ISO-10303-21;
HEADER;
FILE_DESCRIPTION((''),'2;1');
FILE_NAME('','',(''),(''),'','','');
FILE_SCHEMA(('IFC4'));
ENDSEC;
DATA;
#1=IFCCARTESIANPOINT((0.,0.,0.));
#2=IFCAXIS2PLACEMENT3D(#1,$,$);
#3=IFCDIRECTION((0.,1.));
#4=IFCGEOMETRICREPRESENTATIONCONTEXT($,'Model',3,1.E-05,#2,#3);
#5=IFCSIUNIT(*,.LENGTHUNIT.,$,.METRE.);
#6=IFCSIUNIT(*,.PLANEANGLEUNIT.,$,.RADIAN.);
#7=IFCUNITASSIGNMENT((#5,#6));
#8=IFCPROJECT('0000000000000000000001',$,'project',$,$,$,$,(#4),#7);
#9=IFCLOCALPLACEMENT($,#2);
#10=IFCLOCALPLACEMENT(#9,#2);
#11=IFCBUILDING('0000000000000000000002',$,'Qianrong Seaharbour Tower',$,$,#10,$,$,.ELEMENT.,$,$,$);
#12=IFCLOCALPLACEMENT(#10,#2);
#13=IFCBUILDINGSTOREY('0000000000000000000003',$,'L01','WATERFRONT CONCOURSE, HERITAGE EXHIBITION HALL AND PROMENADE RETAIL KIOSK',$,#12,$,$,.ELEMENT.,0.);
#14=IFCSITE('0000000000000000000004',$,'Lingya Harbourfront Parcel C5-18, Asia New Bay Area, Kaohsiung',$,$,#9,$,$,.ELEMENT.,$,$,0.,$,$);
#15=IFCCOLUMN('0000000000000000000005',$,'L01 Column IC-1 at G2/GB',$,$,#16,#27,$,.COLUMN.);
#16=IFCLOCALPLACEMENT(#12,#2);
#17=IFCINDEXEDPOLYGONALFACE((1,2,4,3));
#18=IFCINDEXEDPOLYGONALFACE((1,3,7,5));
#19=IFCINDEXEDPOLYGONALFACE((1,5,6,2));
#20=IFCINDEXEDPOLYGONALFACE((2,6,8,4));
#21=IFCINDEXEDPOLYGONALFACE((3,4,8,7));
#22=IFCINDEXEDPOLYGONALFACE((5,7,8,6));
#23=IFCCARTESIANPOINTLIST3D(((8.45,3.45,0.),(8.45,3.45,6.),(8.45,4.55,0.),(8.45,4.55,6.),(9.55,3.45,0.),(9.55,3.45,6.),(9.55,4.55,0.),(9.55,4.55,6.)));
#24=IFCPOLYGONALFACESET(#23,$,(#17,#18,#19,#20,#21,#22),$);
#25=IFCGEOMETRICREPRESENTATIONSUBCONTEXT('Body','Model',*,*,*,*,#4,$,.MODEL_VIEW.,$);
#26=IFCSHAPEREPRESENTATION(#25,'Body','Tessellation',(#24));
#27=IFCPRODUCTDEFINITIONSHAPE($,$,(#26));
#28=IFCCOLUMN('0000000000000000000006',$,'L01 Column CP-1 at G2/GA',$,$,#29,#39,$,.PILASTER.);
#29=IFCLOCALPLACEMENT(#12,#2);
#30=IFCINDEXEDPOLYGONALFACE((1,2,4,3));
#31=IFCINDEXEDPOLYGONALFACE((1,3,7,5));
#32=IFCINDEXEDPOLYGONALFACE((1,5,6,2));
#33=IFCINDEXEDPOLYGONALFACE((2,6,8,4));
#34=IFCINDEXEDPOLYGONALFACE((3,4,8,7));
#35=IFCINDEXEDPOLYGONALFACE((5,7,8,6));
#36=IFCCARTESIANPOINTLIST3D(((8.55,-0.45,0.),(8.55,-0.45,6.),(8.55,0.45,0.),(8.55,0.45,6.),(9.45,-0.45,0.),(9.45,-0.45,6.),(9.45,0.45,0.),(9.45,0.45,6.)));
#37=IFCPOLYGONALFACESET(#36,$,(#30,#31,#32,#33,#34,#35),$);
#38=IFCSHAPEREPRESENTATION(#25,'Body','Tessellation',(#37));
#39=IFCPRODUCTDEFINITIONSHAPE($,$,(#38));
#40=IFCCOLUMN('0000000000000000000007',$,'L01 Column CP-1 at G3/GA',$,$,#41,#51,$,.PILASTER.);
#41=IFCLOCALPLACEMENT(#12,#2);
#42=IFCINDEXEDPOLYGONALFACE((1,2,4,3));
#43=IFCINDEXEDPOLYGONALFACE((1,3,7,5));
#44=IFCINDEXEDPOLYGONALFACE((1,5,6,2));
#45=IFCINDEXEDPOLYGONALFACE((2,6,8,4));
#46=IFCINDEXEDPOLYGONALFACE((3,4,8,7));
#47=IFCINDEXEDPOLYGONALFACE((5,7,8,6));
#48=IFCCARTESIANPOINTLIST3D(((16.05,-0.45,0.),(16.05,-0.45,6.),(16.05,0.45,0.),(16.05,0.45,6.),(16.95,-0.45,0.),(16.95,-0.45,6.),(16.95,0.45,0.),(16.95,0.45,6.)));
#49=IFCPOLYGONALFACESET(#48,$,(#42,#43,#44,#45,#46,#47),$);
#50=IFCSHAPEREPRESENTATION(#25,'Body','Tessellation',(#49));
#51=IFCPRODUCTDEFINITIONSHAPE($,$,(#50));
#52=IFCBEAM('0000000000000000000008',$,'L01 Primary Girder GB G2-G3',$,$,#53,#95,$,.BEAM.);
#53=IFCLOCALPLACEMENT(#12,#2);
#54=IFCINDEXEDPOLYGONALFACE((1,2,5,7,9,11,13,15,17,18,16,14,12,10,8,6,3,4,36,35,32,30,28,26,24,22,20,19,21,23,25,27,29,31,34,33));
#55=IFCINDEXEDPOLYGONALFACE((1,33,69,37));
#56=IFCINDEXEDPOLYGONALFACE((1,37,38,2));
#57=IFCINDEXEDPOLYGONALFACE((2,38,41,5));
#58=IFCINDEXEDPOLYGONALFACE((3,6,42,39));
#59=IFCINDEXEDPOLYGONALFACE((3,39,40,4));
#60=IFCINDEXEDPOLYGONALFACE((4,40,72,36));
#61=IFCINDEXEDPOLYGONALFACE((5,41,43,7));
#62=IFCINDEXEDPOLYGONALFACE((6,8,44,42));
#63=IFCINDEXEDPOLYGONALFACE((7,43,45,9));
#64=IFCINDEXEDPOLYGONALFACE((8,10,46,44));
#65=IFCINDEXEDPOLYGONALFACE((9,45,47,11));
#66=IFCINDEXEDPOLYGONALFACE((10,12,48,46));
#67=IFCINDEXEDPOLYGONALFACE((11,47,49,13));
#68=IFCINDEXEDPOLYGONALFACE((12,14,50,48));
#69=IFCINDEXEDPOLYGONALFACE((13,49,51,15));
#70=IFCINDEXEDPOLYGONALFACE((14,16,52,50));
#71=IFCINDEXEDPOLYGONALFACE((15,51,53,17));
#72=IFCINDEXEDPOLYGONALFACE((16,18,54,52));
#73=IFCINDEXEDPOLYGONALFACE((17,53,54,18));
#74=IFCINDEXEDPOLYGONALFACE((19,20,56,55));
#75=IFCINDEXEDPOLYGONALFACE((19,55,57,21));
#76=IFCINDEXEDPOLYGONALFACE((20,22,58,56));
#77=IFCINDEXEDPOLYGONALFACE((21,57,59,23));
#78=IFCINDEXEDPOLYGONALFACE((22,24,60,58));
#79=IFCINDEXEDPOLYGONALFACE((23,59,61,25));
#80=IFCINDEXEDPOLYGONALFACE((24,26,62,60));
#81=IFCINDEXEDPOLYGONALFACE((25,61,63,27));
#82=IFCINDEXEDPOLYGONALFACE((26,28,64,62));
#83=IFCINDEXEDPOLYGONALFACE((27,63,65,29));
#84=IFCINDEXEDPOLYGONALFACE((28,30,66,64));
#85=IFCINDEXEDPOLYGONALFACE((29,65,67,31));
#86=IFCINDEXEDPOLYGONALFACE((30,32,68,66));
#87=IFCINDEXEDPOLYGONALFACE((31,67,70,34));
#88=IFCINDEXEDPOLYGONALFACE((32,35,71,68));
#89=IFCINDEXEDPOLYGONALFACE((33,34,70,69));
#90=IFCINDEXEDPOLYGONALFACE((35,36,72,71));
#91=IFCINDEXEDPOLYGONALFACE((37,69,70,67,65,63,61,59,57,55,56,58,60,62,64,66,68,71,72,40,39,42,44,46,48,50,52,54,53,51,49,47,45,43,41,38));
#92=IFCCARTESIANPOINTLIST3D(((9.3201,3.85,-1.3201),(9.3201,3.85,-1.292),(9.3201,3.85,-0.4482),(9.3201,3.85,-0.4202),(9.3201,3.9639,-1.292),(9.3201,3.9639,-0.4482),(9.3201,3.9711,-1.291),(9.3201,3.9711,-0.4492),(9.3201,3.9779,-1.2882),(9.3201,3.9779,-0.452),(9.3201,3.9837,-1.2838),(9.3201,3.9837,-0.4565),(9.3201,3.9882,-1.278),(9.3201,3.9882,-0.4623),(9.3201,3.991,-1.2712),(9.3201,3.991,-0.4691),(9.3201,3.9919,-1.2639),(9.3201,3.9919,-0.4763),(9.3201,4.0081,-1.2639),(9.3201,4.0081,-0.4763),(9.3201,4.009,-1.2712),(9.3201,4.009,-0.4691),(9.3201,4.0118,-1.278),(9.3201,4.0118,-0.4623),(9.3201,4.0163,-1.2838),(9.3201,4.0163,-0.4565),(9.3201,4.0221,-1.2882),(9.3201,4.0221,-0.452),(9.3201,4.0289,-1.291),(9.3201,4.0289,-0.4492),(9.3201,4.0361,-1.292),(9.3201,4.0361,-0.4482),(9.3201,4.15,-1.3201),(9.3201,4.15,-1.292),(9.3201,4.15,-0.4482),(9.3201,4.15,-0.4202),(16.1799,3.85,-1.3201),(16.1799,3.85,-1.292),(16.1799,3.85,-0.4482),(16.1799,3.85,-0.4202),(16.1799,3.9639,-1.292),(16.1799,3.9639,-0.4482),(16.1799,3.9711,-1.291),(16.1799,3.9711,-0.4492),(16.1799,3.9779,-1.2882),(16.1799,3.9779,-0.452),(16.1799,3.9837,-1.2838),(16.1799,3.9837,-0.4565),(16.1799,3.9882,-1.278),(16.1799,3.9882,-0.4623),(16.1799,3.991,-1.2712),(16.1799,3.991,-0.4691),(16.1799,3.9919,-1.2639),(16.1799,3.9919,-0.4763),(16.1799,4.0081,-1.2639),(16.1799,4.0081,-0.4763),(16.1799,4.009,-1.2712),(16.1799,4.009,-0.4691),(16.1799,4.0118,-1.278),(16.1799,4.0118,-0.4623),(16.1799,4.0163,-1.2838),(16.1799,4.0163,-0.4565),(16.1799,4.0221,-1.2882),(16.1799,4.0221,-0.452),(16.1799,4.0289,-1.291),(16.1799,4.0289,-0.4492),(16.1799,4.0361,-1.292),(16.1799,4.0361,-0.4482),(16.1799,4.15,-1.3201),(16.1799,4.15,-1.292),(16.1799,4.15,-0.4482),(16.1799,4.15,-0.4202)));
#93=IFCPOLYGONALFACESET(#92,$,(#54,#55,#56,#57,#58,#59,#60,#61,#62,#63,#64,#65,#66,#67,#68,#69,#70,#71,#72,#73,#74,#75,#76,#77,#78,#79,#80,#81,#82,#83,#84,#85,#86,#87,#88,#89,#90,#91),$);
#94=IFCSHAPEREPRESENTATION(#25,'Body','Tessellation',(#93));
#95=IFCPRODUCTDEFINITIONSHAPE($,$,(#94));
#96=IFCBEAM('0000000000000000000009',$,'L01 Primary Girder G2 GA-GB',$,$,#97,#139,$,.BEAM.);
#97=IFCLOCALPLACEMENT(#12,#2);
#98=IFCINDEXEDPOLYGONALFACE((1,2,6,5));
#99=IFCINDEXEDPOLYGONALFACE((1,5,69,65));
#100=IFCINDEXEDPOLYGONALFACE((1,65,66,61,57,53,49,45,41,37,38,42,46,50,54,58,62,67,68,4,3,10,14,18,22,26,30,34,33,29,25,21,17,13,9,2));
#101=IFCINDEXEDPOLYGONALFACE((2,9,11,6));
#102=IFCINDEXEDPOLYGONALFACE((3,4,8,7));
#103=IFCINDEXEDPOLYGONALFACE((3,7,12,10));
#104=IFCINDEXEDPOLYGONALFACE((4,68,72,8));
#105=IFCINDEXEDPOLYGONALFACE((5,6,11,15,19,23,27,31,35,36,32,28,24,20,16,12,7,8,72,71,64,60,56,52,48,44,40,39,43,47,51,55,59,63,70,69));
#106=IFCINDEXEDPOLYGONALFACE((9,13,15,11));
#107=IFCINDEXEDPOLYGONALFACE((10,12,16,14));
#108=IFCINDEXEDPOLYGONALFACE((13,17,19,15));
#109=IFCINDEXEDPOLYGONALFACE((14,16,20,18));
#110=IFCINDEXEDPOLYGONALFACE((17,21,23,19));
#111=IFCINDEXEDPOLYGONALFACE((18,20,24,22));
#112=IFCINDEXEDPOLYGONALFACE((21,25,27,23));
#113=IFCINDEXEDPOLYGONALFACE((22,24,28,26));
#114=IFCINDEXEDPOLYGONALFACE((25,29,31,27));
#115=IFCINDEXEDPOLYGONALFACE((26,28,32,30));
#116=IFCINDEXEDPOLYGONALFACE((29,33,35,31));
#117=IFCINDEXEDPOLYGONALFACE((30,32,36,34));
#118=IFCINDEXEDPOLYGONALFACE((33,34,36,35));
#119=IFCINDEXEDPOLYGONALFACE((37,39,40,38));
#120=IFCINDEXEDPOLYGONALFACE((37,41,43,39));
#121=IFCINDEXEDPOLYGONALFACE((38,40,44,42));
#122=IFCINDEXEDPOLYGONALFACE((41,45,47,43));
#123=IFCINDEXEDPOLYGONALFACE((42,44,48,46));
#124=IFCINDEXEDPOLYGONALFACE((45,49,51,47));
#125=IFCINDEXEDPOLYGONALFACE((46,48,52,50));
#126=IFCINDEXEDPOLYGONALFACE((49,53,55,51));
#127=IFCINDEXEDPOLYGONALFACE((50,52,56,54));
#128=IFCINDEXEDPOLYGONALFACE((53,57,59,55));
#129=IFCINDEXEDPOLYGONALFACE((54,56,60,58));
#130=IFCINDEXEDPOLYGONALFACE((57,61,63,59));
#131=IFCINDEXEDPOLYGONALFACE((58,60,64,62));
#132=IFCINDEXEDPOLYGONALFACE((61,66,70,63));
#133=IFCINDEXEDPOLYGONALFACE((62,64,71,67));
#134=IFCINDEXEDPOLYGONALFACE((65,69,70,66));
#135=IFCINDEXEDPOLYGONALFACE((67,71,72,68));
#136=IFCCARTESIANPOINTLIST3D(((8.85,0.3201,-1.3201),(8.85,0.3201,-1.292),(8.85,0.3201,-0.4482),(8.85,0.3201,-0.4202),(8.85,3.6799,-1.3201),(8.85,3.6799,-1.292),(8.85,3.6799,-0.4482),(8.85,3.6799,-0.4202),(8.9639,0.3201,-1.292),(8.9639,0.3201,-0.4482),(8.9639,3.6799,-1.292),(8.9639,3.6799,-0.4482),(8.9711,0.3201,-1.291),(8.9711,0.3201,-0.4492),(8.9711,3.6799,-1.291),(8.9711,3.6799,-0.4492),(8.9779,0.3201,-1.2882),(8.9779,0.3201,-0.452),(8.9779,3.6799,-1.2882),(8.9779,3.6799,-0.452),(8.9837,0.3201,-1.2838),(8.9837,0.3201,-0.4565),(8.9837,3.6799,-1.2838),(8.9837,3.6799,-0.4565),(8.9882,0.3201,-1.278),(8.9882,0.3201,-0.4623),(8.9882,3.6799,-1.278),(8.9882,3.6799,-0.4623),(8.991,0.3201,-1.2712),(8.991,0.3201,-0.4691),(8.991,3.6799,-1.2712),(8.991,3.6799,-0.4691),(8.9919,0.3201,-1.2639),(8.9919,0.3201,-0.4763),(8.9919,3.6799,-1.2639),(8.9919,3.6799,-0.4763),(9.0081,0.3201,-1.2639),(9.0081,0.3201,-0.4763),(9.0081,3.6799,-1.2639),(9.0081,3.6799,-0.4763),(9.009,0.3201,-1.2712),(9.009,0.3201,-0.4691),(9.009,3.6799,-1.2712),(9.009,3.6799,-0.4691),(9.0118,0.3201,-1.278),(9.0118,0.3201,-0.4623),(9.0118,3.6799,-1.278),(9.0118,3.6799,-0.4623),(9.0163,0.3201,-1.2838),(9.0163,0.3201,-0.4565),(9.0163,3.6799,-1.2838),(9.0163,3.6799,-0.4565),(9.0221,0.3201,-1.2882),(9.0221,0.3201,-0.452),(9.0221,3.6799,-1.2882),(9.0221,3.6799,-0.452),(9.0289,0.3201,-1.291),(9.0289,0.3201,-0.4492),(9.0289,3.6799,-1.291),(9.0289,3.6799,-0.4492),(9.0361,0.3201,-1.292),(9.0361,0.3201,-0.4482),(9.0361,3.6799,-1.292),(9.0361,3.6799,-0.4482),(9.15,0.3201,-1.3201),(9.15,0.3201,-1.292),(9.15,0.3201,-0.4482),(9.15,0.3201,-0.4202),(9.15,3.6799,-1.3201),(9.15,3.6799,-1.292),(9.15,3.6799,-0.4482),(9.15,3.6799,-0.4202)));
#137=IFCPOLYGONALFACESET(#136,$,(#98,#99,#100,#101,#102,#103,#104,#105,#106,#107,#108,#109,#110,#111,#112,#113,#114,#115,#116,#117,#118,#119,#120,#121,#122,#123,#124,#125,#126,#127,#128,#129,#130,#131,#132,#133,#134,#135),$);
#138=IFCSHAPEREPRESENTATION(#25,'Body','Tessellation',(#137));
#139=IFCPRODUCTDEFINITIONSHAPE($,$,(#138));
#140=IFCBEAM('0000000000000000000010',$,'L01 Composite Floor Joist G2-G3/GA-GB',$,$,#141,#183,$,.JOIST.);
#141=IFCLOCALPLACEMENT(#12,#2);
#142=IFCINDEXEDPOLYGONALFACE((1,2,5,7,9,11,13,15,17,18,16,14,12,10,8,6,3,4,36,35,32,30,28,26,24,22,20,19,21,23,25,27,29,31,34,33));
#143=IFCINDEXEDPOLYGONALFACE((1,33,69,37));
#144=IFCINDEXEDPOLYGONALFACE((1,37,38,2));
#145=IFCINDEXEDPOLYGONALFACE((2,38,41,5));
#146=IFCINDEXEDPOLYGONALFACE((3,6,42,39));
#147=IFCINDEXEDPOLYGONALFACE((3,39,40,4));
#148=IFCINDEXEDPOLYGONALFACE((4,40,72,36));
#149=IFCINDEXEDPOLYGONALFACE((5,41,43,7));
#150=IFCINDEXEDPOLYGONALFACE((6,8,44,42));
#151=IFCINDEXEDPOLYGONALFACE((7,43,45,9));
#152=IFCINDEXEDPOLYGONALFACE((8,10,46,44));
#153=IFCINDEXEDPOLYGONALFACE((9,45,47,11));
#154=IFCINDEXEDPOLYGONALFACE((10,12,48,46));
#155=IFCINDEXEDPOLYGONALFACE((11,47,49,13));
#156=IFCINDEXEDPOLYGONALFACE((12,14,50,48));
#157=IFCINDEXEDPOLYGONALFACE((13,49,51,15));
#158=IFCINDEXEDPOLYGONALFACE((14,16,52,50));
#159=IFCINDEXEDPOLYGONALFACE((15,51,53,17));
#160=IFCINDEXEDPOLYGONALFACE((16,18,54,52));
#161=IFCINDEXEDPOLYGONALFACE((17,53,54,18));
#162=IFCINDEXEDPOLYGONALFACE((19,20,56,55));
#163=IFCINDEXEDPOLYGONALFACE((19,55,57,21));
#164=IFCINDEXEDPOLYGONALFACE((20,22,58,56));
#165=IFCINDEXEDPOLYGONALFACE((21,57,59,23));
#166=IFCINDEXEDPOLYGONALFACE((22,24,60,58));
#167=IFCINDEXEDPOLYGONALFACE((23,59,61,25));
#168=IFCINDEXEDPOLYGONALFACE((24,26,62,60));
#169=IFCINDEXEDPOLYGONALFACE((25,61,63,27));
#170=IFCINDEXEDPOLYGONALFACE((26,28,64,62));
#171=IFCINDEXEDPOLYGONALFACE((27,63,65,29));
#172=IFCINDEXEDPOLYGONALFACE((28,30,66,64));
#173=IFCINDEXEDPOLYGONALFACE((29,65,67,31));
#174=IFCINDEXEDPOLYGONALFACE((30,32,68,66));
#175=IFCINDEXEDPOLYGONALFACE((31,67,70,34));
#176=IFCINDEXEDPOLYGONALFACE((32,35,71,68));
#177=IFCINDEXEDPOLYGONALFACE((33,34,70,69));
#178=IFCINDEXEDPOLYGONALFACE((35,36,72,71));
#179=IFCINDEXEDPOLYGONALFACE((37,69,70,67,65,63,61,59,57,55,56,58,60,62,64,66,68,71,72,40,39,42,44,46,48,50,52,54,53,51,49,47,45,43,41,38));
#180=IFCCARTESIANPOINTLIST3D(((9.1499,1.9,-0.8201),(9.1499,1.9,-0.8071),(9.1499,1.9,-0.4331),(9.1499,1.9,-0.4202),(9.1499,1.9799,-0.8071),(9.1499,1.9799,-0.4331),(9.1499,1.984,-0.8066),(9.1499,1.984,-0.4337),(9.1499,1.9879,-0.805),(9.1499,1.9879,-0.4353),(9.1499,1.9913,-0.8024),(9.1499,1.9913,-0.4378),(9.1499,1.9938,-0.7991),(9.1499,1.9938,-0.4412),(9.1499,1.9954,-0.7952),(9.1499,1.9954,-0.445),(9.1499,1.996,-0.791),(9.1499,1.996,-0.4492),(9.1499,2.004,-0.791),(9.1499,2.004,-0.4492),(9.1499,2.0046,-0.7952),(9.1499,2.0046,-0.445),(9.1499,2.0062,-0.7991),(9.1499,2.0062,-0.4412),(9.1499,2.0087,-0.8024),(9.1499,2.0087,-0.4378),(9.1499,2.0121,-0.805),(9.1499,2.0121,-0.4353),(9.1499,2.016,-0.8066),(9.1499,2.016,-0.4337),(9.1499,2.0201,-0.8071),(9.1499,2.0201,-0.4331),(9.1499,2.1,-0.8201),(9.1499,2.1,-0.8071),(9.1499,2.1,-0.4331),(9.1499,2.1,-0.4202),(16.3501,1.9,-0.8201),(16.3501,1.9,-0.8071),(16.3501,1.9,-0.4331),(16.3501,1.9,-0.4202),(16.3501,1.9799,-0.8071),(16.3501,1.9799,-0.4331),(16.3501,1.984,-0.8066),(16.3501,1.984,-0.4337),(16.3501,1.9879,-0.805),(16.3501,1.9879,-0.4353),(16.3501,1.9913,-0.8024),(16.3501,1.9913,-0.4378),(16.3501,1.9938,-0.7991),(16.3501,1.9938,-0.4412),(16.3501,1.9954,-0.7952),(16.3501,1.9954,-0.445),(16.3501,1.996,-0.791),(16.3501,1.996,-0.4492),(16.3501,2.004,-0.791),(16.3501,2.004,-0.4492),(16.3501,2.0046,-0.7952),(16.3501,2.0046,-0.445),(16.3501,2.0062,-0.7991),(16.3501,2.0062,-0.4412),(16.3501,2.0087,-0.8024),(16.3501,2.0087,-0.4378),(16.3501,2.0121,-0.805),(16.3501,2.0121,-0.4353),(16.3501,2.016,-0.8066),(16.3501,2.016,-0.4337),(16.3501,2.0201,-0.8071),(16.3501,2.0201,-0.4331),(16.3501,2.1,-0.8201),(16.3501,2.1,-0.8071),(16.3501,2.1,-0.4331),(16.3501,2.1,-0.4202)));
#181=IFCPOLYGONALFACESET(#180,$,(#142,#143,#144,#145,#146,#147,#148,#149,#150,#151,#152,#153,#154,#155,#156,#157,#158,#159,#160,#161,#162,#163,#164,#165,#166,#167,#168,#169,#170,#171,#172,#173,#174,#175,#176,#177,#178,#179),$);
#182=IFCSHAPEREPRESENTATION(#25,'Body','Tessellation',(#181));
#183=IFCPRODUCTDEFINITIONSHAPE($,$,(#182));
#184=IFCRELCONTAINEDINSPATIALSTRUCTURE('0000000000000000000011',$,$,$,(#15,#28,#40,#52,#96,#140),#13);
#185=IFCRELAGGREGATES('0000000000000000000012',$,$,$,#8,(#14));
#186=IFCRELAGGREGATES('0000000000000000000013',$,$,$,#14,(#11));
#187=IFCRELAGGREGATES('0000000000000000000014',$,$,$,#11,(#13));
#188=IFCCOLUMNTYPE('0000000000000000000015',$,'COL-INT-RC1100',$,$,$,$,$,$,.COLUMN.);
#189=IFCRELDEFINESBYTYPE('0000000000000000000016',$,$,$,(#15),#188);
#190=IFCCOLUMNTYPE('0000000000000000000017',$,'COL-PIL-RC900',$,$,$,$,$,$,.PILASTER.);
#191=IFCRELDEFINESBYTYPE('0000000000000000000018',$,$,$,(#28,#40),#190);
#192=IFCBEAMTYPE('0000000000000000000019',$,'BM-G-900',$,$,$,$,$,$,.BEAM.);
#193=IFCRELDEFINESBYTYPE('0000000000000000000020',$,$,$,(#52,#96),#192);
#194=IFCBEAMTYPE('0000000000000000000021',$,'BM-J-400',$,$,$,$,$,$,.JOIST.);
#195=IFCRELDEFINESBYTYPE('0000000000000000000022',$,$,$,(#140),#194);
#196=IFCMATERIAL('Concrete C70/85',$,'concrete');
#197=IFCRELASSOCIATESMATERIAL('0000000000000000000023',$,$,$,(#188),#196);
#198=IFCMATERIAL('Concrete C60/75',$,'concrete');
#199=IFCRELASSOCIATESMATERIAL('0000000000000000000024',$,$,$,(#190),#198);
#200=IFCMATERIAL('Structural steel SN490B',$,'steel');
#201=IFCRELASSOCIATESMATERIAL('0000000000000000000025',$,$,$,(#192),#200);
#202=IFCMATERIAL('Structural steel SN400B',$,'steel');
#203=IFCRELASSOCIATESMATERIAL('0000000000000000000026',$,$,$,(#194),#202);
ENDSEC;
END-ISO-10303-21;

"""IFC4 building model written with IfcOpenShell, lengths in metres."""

from ifc_helpers import new_model, si_unit, direction, frame, origin, origin_2d, place, context, subcontext, project, spatial, rectangle, i_section, extrude, material, material_profile, profile_set, type_object, element, save


model = new_model("IFC4")

# Units and contexts
model_context = context("Model", 3, precision=1e-05, world=origin(), true_north=direction((0.0, 1.0)))
body_context = subcontext(model_context, "Body", "Model", "MODEL_VIEW")
ifc_project = project(units=[si_unit("LENGTHUNIT", "METRE"), si_unit("PLANEANGLEUNIT", "RADIAN")], contexts=[model_context])

# Site, building, storey
site_placement = place(None, origin())
site = spatial("IfcSite", under=ifc_project, at=site_placement, Name="Lingya Harbourfront Parcel C5-18, Asia New Bay Area, Kaohsiung", CompositionType="ELEMENT", RefElevation=0.0)
building_placement = place(site_placement, origin())
building = spatial("IfcBuilding", under=site, at=building_placement, Name="Qianrong Seaharbour Tower", CompositionType="ELEMENT")
storey_placement = place(building_placement, origin())
storey = spatial("IfcBuildingStorey", under=building, at=storey_placement, Name="L01", Description="WATERFRONT CONCOURSE, HERITAGE EXHIBITION HALL AND PROMENADE RETAIL KIOSK", CompositionType="ELEMENT", Elevation=0.0)

# Columns
ifc_material_1 = material(Name="Concrete C70/85", Category="concrete")
ifc_material_profile_1 = material_profile(ifc_material_1, rectangle(XDim=1.1001, YDim=1.1001, at=origin_2d()), Name="RC1100x1100")
ifc_profile_set_1 = profile_set([ifc_material_profile_1], Name="Concrete C70/85")
column_type_1 = type_object("IfcColumnType", Name="COL-INT-RC1100", PredefinedType="COLUMN", material=ifc_profile_set_1)
column_placement = place(storey_placement, frame((9.0, 4.0, 0.0), z_axis=(0.0, 0.0, 1.0), x_axis=(1.0, 0.0, 0.0)))
element("IfcColumn", 1, at=column_placement, inside=storey, type_object=column_type_1, Name="L01 Column IC-1 at G2/GB", PredefinedType="COLUMN", context=body_context, shape_type="SweptSolid", body=[
    extrude(rectangle(XDim=1.1001, YDim=1.1001, at=origin_2d()), origin(), (0.0, 0.0, 1.0), 6.0),
])
ifc_material_2 = material(Name="Concrete C60/75", Category="concrete")
ifc_material_profile_2 = material_profile(ifc_material_2, rectangle(XDim=0.8999, YDim=0.8999, at=origin_2d()), Name="RC900x900")
ifc_profile_set_2 = profile_set([ifc_material_profile_2], Name="Concrete C60/75")
column_type_2 = type_object("IfcColumnType", Name="COL-PIL-RC900", PredefinedType="PILASTER", material=ifc_profile_set_2)
for number, where, z_axis, x_axis, name in (
    (2, (9.0, 0.0, 0.0), (0.0, 0.0, 1.0), (1.0, 0.0, 0.0), "L01 Column CP-1 at G2/GA"),
    (3, (16.5, 0.0, 0.0), (0.0, 0.0, 1.0), (1.0, 0.0, 0.0), "L01 Column CP-1 at G3/GA"),
):
    element("IfcColumn", number, at=place(storey_placement, frame(where, z_axis=z_axis, x_axis=x_axis)), inside=storey, type_object=column_type_2, Name=name, PredefinedType="PILASTER", context=body_context, shape_type="SweptSolid", body=[
        extrude(rectangle(XDim=0.8999, YDim=0.8999, at=origin_2d()), origin(), (0.0, 0.0, 1.0), 6.0),
    ])

# Beams
ifc_material_3 = material(Name="Structural steel SN490B", Category="steel")
ifc_material_profile_3 = material_profile(ifc_material_3, i_section(OverallWidth=0.3, OverallDepth=0.8999, WebThickness=0.0161, FlangeThickness=0.0281, FilletRadius=0.0281, at=origin_2d()), Name="H900x300x16x28")
ifc_profile_set_3 = profile_set([ifc_material_profile_3], Name="Structural steel SN490B")
beam_type_1 = type_object("IfcBeamType", Name="BM-G-900", PredefinedType="BEAM", material=ifc_profile_set_3)
beam_1_placement = place(storey_placement, frame((9.3201, 4.0, -0.8701), z_axis=(1.0, 0.0, 0.0), x_axis=(0.0, 1.0, 0.0)))
element("IfcBeam", 4, at=beam_1_placement, inside=storey, type_object=beam_type_1, Name="L01 Primary Girder GB G2-G3", PredefinedType="BEAM", context=body_context, shape_type="SweptSolid", body=[
    extrude(i_section(OverallWidth=0.3, OverallDepth=0.8999, WebThickness=0.0161, FlangeThickness=0.0281, FilletRadius=0.0281, at=origin_2d()), origin(), (0.0, 0.0, 1.0), 6.8599),
])
beam_2_placement = place(storey_placement, frame((9.0, 0.3201, -0.8701), z_axis=(0.0, 1.0, 0.0), x_axis=(-1.0, 0.0, 0.0)))
element("IfcBeam", 5, at=beam_2_placement, inside=storey, type_object=beam_type_1, Name="L01 Primary Girder G2 GA-GB", PredefinedType="BEAM", context=body_context, shape_type="SweptSolid", body=[
    extrude(i_section(OverallWidth=0.3, OverallDepth=0.8999, WebThickness=0.0161, FlangeThickness=0.0281, FilletRadius=0.0281, at=origin_2d()), origin(), (0.0, 0.0, 1.0), 3.3599),
])
ifc_material_4 = material(Name="Structural steel SN400B", Category="steel")
ifc_material_profile_4 = material_profile(ifc_material_4, i_section(OverallWidth=0.2, OverallDepth=0.3999, WebThickness=0.0081, FlangeThickness=0.0129, FilletRadius=0.0161, at=origin_2d()), Name="H400x200x8x13")
ifc_profile_set_4 = profile_set([ifc_material_profile_4], Name="Structural steel SN400B")
beam_type_2 = type_object("IfcBeamType", Name="BM-J-400", PredefinedType="JOIST", material=ifc_profile_set_4)
beam_3_placement = place(storey_placement, frame((9.1499, 2.0, -0.6201), z_axis=(1.0, 0.0, 0.0), x_axis=(0.0, 1.0, 0.0)))
element("IfcBeam", 6, at=beam_3_placement, inside=storey, type_object=beam_type_2, Name="L01 Composite Floor Joist G2-G3/GA-GB", PredefinedType="JOIST", context=body_context, shape_type="SweptSolid", body=[
    extrude(i_section(OverallWidth=0.2, OverallDepth=0.3999, WebThickness=0.0081, FlangeThickness=0.0129, FilletRadius=0.0161, at=origin_2d()), origin(), (0.0, 0.0, 1.0), 7.2002),
])

save(model, "model.ifc")
